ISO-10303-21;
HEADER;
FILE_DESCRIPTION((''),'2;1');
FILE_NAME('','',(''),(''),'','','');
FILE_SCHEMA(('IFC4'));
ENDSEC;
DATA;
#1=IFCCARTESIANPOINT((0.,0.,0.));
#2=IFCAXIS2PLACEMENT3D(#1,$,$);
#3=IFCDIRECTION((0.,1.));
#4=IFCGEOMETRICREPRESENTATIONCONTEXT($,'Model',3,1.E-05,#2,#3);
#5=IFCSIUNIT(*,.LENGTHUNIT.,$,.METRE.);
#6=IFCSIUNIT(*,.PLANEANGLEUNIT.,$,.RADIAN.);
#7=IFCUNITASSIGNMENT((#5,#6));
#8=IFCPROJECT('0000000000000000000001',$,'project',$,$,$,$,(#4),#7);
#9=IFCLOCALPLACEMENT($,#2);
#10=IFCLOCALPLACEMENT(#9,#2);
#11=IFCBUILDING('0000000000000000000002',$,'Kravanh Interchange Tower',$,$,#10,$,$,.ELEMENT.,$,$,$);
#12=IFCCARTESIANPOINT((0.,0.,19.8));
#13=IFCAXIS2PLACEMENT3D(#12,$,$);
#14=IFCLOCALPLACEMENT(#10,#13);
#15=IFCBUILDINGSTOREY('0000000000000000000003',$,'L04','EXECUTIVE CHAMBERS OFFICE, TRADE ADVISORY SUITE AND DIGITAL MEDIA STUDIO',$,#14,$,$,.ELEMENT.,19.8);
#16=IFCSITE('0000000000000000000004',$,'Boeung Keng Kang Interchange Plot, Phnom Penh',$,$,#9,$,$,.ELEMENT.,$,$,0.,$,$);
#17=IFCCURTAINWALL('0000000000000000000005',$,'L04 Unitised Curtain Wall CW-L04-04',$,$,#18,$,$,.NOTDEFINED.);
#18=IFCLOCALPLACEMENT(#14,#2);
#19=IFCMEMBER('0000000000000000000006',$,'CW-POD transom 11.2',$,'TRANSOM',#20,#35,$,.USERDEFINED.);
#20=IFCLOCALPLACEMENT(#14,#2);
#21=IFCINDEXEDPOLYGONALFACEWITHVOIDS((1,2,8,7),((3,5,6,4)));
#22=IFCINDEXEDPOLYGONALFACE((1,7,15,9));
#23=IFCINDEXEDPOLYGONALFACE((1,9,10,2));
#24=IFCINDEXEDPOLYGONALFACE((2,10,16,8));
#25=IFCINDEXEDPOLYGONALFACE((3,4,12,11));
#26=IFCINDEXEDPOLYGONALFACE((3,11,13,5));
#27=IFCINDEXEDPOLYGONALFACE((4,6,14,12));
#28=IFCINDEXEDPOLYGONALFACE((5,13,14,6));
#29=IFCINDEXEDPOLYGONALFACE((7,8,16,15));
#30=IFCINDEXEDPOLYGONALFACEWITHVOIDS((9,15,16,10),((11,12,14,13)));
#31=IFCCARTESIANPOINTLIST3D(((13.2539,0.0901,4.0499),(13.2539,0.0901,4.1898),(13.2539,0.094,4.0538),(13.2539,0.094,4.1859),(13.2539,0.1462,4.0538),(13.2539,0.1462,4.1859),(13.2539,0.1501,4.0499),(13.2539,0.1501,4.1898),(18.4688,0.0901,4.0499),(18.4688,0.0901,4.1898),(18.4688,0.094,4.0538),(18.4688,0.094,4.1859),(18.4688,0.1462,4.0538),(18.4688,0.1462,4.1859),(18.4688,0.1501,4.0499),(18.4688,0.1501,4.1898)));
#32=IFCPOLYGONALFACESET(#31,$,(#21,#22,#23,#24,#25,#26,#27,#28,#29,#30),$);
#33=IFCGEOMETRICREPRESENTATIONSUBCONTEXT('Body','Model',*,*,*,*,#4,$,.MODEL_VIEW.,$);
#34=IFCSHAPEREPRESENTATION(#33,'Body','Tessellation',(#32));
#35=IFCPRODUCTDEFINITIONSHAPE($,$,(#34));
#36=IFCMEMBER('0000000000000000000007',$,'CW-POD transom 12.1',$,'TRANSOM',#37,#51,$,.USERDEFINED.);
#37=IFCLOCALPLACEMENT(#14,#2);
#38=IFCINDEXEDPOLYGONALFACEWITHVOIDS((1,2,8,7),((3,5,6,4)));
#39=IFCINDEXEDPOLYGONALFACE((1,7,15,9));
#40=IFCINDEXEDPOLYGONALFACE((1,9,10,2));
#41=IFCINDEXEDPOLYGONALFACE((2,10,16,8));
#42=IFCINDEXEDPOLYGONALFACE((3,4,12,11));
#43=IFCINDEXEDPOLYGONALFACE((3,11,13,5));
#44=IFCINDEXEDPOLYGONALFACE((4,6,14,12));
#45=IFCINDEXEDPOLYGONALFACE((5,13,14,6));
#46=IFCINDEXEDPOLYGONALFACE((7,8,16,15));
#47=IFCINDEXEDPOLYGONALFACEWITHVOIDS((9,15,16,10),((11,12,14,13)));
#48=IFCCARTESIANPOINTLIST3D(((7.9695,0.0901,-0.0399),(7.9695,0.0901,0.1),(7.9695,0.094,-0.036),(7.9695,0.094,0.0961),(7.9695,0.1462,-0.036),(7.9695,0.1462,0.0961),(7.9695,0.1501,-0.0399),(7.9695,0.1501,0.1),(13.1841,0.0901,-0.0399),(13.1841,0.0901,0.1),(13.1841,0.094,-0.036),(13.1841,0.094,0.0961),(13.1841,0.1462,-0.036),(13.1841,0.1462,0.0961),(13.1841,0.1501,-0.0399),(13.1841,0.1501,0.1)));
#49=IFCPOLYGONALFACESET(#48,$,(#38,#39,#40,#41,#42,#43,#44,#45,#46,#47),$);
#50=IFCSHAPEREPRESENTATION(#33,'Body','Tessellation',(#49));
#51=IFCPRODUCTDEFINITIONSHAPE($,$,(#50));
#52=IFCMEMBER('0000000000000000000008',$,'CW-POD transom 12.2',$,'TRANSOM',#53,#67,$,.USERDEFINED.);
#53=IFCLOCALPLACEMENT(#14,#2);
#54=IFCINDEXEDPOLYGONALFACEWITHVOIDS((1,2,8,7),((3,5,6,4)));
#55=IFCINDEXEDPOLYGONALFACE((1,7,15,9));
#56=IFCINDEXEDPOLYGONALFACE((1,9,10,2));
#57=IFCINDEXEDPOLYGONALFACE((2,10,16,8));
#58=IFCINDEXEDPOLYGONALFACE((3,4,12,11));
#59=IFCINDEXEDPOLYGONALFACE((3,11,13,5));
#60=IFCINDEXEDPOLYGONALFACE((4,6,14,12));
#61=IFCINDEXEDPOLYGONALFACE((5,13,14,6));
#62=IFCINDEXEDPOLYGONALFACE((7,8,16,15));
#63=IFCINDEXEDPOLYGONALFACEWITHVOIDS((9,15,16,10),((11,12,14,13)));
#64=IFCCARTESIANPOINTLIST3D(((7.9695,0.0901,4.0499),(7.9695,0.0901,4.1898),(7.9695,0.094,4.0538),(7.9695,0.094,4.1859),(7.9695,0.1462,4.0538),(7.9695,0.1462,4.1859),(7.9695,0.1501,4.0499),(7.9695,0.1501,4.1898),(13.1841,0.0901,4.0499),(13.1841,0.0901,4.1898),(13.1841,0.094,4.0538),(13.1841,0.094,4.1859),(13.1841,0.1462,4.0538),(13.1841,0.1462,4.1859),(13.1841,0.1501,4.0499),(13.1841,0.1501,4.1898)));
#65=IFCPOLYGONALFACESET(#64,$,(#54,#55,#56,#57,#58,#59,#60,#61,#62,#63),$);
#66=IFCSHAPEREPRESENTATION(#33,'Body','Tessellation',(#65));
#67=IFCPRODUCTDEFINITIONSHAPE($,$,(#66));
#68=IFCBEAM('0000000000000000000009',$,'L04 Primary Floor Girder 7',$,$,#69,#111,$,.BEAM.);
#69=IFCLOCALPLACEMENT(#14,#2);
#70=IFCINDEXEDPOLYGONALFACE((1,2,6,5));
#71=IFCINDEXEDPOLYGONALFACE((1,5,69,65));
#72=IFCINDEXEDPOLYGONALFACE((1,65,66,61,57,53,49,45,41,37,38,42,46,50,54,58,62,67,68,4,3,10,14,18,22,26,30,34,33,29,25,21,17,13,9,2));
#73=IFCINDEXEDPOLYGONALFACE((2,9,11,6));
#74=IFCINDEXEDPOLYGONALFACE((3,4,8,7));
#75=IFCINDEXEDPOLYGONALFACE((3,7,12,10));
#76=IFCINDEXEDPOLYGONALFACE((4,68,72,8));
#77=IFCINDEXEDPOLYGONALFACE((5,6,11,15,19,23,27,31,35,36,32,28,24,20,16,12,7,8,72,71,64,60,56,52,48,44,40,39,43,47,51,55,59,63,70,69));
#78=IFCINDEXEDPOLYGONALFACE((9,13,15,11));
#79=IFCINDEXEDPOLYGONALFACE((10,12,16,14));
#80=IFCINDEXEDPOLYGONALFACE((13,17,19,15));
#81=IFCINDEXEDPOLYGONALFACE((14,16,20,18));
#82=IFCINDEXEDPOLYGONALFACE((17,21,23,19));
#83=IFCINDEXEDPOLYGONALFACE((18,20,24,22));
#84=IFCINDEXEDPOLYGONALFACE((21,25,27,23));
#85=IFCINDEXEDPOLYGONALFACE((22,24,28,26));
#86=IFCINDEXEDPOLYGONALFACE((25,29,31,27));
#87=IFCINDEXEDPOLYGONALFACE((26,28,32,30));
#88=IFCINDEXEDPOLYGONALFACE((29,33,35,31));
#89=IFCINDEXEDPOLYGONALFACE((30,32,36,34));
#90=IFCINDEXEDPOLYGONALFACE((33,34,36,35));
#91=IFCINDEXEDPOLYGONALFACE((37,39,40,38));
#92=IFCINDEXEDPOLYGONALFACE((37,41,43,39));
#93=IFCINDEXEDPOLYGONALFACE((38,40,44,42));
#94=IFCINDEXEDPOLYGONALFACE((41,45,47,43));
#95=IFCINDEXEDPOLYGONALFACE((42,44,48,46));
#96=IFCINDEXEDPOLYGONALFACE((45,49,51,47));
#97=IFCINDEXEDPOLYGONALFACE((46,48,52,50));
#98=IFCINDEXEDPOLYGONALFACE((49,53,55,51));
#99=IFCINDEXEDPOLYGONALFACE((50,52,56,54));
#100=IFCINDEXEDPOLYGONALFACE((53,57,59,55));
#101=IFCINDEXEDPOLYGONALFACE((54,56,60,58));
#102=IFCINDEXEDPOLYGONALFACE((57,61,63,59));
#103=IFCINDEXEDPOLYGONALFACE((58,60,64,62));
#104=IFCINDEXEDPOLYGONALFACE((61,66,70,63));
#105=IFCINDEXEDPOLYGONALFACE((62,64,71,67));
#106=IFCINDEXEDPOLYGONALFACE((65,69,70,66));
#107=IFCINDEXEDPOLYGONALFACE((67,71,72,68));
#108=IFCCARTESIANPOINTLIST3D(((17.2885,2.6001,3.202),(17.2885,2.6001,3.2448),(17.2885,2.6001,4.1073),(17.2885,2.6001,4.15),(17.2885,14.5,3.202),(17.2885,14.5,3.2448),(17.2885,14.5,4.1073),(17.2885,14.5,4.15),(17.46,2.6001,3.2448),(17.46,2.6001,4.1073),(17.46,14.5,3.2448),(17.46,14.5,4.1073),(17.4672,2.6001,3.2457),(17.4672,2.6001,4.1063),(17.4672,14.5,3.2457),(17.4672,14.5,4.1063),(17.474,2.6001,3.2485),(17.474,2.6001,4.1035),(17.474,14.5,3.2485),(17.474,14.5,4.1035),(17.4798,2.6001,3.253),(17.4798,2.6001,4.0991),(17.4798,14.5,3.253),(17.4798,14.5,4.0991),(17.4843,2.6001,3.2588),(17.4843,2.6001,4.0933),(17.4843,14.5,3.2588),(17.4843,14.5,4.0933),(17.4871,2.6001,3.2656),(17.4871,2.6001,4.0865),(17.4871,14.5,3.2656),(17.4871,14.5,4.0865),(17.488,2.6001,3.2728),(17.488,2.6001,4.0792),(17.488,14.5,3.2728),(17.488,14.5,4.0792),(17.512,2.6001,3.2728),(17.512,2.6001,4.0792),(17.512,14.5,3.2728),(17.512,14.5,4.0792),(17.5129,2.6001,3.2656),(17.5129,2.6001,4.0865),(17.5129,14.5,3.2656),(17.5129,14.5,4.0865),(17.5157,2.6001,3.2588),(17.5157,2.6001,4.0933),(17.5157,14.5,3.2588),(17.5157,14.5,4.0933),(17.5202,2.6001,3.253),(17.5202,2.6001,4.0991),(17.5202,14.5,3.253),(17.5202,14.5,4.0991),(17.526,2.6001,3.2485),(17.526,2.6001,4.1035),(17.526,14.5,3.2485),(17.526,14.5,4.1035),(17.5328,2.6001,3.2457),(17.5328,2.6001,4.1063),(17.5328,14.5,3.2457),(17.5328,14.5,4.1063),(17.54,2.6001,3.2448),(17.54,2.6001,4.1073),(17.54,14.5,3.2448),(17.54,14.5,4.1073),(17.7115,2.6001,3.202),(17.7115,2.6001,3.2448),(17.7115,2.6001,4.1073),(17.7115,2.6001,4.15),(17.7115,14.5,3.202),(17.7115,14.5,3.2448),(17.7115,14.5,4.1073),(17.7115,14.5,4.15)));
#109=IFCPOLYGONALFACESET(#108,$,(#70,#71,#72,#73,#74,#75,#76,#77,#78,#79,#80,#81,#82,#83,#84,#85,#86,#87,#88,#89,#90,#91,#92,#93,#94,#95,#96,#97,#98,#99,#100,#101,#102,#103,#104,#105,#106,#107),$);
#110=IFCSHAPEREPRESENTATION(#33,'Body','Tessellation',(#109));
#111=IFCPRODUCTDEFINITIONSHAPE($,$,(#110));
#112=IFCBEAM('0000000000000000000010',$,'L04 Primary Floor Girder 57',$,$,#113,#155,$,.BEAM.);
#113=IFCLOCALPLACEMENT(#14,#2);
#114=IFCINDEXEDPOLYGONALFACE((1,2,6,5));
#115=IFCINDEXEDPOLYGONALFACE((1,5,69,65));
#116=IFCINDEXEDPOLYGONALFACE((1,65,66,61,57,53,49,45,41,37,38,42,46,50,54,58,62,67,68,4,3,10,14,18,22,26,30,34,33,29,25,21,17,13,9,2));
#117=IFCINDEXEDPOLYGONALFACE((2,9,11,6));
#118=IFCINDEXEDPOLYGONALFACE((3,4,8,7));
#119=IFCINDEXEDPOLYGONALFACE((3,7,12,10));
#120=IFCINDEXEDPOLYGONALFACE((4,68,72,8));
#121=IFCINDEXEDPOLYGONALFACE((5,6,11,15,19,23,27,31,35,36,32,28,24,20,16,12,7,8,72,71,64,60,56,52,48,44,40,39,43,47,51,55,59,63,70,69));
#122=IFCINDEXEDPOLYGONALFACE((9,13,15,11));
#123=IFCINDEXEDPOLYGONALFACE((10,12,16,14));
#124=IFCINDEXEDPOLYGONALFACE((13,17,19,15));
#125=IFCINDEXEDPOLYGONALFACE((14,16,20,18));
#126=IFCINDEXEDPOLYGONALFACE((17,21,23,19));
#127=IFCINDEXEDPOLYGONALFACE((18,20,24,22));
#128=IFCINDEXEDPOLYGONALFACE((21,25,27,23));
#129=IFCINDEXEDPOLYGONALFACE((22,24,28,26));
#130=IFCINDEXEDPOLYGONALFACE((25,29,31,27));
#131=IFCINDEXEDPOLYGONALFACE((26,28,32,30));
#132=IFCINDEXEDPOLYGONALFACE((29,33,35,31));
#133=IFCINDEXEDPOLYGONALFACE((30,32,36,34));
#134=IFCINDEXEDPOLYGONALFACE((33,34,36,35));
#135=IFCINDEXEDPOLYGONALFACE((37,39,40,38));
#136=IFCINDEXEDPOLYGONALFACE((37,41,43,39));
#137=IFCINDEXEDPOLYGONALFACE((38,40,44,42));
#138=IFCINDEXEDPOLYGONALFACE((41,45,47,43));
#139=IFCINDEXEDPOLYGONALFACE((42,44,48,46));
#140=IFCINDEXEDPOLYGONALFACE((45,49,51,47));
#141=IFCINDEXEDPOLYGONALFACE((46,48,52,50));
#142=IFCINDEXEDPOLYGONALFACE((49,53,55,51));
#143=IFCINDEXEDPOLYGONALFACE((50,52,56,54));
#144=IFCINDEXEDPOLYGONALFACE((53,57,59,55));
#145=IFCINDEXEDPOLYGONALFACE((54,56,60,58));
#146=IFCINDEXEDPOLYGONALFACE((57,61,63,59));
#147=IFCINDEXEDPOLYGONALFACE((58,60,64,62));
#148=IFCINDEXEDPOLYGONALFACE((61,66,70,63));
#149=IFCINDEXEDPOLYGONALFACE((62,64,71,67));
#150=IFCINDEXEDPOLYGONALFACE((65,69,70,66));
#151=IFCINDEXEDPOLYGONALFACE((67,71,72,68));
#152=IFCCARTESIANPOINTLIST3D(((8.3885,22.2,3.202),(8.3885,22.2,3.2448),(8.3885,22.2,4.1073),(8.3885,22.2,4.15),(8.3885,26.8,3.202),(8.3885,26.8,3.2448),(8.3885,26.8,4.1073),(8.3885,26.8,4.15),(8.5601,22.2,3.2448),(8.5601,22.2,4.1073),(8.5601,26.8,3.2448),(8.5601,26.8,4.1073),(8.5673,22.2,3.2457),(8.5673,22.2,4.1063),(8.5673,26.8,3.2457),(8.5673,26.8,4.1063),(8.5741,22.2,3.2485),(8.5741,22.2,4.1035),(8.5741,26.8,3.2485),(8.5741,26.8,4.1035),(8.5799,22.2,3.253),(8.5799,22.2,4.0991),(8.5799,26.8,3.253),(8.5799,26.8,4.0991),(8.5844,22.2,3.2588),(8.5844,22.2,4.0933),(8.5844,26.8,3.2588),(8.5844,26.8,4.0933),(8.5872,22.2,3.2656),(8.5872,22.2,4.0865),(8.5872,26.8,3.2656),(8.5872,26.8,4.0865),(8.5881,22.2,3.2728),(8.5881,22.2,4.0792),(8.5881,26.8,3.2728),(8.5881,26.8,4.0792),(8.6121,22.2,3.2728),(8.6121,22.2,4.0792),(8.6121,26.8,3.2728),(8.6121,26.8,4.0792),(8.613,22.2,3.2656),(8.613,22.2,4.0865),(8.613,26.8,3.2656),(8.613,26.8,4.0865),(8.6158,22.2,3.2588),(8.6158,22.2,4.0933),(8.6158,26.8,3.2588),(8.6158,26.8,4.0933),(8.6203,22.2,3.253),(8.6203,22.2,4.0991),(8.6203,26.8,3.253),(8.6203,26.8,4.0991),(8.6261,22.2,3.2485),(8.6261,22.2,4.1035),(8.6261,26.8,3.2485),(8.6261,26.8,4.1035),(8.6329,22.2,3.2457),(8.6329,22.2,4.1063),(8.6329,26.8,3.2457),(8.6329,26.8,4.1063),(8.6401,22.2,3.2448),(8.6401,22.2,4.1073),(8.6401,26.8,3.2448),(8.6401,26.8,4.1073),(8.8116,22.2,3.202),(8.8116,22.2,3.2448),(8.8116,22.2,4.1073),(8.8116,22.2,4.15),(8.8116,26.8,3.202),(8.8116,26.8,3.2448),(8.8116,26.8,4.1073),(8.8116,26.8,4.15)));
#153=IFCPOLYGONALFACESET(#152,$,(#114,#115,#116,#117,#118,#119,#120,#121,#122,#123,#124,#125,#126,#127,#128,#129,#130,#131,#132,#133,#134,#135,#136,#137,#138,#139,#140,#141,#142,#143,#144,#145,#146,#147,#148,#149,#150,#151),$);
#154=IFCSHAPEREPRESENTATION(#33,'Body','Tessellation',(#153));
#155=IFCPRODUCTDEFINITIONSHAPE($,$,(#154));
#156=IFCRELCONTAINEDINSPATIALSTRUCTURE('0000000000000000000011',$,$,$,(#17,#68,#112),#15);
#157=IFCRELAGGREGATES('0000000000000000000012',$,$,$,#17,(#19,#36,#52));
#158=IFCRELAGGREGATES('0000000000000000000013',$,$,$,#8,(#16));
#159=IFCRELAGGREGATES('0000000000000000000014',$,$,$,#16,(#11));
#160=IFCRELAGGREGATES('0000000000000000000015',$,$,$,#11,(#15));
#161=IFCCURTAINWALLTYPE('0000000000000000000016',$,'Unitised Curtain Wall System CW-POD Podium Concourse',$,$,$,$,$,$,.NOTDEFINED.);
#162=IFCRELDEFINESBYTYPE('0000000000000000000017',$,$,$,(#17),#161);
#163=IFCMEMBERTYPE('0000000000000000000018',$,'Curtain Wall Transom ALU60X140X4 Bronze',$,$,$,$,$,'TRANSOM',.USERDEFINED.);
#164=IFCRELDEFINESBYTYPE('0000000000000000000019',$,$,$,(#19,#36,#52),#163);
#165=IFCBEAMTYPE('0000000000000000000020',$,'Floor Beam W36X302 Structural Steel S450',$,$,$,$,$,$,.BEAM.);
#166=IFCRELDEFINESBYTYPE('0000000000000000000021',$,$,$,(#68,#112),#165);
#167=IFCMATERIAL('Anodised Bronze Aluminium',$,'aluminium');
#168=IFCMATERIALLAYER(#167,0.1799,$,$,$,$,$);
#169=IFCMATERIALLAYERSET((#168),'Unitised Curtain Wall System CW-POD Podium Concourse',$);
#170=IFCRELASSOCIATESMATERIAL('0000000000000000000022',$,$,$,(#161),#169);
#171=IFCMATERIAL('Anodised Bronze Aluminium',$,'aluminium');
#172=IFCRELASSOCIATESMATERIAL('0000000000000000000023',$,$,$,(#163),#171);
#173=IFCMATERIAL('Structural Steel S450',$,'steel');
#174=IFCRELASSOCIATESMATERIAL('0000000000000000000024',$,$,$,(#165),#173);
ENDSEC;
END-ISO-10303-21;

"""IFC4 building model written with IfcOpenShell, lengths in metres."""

from ifc_helpers import new_model, si_unit, direction, frame, origin, origin_2d, place, context, subcontext, project, spatial, hollow_rectangle, i_section, extrude, material, layer, layer_set, material_profile, profile_set, type_object, element, aggregate, save


model = new_model("IFC4")

# Units and contexts
model_context = context("Model", 3, precision=1e-05, world=origin(), true_north=direction((0.0, 1.0)))
body_context = subcontext(model_context, "Body", "Model", "MODEL_VIEW")
ifc_project = project(units=[si_unit("LENGTHUNIT", "METRE"), si_unit("PLANEANGLEUNIT", "RADIAN")], contexts=[model_context])

# Site, building, storey
site_placement = place(None, origin())
site = spatial("IfcSite", under=ifc_project, at=site_placement, Name="Boeung Keng Kang Interchange Plot, Phnom Penh", CompositionType="ELEMENT", RefElevation=0.0)
building_placement = place(site_placement, origin())
building = spatial("IfcBuilding", under=site, at=building_placement, Name="Kravanh Interchange Tower", CompositionType="ELEMENT")
storey_placement = place(building_placement, frame((0.0, 0.0, 19.8)))
storey = spatial("IfcBuildingStorey", under=building, at=storey_placement, Name="L04", Description="EXECUTIVE CHAMBERS OFFICE, TRADE ADVISORY SUITE AND DIGITAL MEDIA STUDIO", CompositionType="ELEMENT", Elevation=19.8)

# Curtain wall, members
ifc_material_1 = material(Name="Anodised Bronze Aluminium", Category="aluminium")
ifc_layer_1 = layer(ifc_material_1, 0.1799)
ifc_layer_set_1 = layer_set([ifc_layer_1], Name="Unitised Curtain Wall System CW-POD Podium Concourse")
curtain_wall_type = type_object("IfcCurtainWallType", Name="Unitised Curtain Wall System CW-POD Podium Concourse", PredefinedType="NOTDEFINED", material=ifc_layer_set_1)
curtain_wall_placement = place(storey_placement, origin())
curtain_wall = element("IfcCurtainWall", 1, at=curtain_wall_placement, inside=storey, type_object=curtain_wall_type, Name="L04 Unitised Curtain Wall CW-L04-04", PredefinedType="NOTDEFINED")
ifc_material_2 = material(Name="Anodised Bronze Aluminium", Category="aluminium")
ifc_material_profile_1 = material_profile(ifc_material_2, hollow_rectangle(XDim=0.0601, YDim=0.1399, WallThickness=0.0039, at=origin_2d()), Name="ALU60X140X4")
ifc_profile_set_1 = profile_set([ifc_material_profile_1], Name="Anodised Bronze Aluminium")
member_type_1 = type_object("IfcMemberType", Name="Curtain Wall Transom ALU60X140X4 Bronze", ElementType="TRANSOM", PredefinedType="USERDEFINED", material=ifc_profile_set_1)
member_1_placement = place(storey_placement, frame((18.4688, 0.1201, 4.1199), z_axis=(-1.0, 0.0, 0.0), x_axis=(0.0, -1.0, 0.0)))
member_1 = element("IfcMember", 2, at=member_1_placement, type_object=member_type_1, Name="CW-POD transom 11.2", ObjectType="TRANSOM", PredefinedType="USERDEFINED", context=body_context, shape_type="SweptSolid", body=[
    extrude(hollow_rectangle(XDim=0.0601, YDim=0.1399, WallThickness=0.0039, at=origin_2d()), origin(), (0.0, 0.0, 1.0), 5.2148),
])
member_2_placement = place(storey_placement, frame((13.1841, 0.1201, 0.03), z_axis=(-1.0, 0.0, 0.0), x_axis=(0.0, -1.0, 0.0)))
member_2 = element("IfcMember", 3, at=member_2_placement, type_object=member_type_1, Name="CW-POD transom 12.1", ObjectType="TRANSOM", PredefinedType="USERDEFINED", context=body_context, shape_type="SweptSolid", body=[
    extrude(hollow_rectangle(XDim=0.0601, YDim=0.1399, WallThickness=0.0039, at=origin_2d()), origin(), (0.0, 0.0, 1.0), 5.2146),
])
member_3_placement = place(storey_placement, frame((13.1841, 0.1201, 4.1199), z_axis=(-1.0, 0.0, 0.0), x_axis=(0.0, -1.0, 0.0)))
member_3 = element("IfcMember", 4, at=member_3_placement, type_object=member_type_1, Name="CW-POD transom 12.2", ObjectType="TRANSOM", PredefinedType="USERDEFINED", context=body_context, shape_type="SweptSolid", body=[
    extrude(hollow_rectangle(XDim=0.0601, YDim=0.1399, WallThickness=0.0039, at=origin_2d()), origin(), (0.0, 0.0, 1.0), 5.2146),
])

# Beams
ifc_material_3 = material(Name="Structural Steel S450", Category="steel")
ifc_material_profile_2 = material_profile(ifc_material_3, i_section(OverallWidth=0.4231, OverallDepth=0.948, WebThickness=0.0239, FlangeThickness=0.0427, FilletRadius=0.0281, at=origin_2d()), Name="W36X302")
ifc_profile_set_2 = profile_set([ifc_material_profile_2], Name="Structural Steel S450")
beam_type_1 = type_object("IfcBeamType", Name="Floor Beam W36X302 Structural Steel S450", PredefinedType="BEAM", material=ifc_profile_set_2)
beam_1_placement = place(storey_placement, frame((17.5, 2.6001, 3.676), z_axis=(0.0, 1.0, 0.0), x_axis=(-1.0, 0.0, 0.0)))
element("IfcBeam", 5, at=beam_1_placement, inside=storey, type_object=beam_type_1, Name="L04 Primary Floor Girder 7", PredefinedType="BEAM", context=body_context, shape_type="SweptSolid", body=[
    extrude(i_section(OverallWidth=0.4231, OverallDepth=0.948, WebThickness=0.0239, FlangeThickness=0.0427, FilletRadius=0.0281, at=origin_2d()), origin(), (0.0, 0.0, 1.0), 11.8999),
])
beam_2_placement = place(storey_placement, frame((8.6001, 22.2, 3.676), z_axis=(0.0, 1.0, 0.0), x_axis=(-1.0, 0.0, 0.0)))
element("IfcBeam", 6, at=beam_2_placement, inside=storey, type_object=beam_type_1, Name="L04 Primary Floor Girder 57", PredefinedType="BEAM", context=body_context, shape_type="SweptSolid", body=[
    extrude(i_section(OverallWidth=0.4231, OverallDepth=0.948, WebThickness=0.0239, FlangeThickness=0.0427, FilletRadius=0.0281, at=origin_2d()), origin(), (0.0, 0.0, 1.0), 4.6001),
])

aggregate(curtain_wall, [member_1, member_2, member_3])

save(model, "model.ifc")
